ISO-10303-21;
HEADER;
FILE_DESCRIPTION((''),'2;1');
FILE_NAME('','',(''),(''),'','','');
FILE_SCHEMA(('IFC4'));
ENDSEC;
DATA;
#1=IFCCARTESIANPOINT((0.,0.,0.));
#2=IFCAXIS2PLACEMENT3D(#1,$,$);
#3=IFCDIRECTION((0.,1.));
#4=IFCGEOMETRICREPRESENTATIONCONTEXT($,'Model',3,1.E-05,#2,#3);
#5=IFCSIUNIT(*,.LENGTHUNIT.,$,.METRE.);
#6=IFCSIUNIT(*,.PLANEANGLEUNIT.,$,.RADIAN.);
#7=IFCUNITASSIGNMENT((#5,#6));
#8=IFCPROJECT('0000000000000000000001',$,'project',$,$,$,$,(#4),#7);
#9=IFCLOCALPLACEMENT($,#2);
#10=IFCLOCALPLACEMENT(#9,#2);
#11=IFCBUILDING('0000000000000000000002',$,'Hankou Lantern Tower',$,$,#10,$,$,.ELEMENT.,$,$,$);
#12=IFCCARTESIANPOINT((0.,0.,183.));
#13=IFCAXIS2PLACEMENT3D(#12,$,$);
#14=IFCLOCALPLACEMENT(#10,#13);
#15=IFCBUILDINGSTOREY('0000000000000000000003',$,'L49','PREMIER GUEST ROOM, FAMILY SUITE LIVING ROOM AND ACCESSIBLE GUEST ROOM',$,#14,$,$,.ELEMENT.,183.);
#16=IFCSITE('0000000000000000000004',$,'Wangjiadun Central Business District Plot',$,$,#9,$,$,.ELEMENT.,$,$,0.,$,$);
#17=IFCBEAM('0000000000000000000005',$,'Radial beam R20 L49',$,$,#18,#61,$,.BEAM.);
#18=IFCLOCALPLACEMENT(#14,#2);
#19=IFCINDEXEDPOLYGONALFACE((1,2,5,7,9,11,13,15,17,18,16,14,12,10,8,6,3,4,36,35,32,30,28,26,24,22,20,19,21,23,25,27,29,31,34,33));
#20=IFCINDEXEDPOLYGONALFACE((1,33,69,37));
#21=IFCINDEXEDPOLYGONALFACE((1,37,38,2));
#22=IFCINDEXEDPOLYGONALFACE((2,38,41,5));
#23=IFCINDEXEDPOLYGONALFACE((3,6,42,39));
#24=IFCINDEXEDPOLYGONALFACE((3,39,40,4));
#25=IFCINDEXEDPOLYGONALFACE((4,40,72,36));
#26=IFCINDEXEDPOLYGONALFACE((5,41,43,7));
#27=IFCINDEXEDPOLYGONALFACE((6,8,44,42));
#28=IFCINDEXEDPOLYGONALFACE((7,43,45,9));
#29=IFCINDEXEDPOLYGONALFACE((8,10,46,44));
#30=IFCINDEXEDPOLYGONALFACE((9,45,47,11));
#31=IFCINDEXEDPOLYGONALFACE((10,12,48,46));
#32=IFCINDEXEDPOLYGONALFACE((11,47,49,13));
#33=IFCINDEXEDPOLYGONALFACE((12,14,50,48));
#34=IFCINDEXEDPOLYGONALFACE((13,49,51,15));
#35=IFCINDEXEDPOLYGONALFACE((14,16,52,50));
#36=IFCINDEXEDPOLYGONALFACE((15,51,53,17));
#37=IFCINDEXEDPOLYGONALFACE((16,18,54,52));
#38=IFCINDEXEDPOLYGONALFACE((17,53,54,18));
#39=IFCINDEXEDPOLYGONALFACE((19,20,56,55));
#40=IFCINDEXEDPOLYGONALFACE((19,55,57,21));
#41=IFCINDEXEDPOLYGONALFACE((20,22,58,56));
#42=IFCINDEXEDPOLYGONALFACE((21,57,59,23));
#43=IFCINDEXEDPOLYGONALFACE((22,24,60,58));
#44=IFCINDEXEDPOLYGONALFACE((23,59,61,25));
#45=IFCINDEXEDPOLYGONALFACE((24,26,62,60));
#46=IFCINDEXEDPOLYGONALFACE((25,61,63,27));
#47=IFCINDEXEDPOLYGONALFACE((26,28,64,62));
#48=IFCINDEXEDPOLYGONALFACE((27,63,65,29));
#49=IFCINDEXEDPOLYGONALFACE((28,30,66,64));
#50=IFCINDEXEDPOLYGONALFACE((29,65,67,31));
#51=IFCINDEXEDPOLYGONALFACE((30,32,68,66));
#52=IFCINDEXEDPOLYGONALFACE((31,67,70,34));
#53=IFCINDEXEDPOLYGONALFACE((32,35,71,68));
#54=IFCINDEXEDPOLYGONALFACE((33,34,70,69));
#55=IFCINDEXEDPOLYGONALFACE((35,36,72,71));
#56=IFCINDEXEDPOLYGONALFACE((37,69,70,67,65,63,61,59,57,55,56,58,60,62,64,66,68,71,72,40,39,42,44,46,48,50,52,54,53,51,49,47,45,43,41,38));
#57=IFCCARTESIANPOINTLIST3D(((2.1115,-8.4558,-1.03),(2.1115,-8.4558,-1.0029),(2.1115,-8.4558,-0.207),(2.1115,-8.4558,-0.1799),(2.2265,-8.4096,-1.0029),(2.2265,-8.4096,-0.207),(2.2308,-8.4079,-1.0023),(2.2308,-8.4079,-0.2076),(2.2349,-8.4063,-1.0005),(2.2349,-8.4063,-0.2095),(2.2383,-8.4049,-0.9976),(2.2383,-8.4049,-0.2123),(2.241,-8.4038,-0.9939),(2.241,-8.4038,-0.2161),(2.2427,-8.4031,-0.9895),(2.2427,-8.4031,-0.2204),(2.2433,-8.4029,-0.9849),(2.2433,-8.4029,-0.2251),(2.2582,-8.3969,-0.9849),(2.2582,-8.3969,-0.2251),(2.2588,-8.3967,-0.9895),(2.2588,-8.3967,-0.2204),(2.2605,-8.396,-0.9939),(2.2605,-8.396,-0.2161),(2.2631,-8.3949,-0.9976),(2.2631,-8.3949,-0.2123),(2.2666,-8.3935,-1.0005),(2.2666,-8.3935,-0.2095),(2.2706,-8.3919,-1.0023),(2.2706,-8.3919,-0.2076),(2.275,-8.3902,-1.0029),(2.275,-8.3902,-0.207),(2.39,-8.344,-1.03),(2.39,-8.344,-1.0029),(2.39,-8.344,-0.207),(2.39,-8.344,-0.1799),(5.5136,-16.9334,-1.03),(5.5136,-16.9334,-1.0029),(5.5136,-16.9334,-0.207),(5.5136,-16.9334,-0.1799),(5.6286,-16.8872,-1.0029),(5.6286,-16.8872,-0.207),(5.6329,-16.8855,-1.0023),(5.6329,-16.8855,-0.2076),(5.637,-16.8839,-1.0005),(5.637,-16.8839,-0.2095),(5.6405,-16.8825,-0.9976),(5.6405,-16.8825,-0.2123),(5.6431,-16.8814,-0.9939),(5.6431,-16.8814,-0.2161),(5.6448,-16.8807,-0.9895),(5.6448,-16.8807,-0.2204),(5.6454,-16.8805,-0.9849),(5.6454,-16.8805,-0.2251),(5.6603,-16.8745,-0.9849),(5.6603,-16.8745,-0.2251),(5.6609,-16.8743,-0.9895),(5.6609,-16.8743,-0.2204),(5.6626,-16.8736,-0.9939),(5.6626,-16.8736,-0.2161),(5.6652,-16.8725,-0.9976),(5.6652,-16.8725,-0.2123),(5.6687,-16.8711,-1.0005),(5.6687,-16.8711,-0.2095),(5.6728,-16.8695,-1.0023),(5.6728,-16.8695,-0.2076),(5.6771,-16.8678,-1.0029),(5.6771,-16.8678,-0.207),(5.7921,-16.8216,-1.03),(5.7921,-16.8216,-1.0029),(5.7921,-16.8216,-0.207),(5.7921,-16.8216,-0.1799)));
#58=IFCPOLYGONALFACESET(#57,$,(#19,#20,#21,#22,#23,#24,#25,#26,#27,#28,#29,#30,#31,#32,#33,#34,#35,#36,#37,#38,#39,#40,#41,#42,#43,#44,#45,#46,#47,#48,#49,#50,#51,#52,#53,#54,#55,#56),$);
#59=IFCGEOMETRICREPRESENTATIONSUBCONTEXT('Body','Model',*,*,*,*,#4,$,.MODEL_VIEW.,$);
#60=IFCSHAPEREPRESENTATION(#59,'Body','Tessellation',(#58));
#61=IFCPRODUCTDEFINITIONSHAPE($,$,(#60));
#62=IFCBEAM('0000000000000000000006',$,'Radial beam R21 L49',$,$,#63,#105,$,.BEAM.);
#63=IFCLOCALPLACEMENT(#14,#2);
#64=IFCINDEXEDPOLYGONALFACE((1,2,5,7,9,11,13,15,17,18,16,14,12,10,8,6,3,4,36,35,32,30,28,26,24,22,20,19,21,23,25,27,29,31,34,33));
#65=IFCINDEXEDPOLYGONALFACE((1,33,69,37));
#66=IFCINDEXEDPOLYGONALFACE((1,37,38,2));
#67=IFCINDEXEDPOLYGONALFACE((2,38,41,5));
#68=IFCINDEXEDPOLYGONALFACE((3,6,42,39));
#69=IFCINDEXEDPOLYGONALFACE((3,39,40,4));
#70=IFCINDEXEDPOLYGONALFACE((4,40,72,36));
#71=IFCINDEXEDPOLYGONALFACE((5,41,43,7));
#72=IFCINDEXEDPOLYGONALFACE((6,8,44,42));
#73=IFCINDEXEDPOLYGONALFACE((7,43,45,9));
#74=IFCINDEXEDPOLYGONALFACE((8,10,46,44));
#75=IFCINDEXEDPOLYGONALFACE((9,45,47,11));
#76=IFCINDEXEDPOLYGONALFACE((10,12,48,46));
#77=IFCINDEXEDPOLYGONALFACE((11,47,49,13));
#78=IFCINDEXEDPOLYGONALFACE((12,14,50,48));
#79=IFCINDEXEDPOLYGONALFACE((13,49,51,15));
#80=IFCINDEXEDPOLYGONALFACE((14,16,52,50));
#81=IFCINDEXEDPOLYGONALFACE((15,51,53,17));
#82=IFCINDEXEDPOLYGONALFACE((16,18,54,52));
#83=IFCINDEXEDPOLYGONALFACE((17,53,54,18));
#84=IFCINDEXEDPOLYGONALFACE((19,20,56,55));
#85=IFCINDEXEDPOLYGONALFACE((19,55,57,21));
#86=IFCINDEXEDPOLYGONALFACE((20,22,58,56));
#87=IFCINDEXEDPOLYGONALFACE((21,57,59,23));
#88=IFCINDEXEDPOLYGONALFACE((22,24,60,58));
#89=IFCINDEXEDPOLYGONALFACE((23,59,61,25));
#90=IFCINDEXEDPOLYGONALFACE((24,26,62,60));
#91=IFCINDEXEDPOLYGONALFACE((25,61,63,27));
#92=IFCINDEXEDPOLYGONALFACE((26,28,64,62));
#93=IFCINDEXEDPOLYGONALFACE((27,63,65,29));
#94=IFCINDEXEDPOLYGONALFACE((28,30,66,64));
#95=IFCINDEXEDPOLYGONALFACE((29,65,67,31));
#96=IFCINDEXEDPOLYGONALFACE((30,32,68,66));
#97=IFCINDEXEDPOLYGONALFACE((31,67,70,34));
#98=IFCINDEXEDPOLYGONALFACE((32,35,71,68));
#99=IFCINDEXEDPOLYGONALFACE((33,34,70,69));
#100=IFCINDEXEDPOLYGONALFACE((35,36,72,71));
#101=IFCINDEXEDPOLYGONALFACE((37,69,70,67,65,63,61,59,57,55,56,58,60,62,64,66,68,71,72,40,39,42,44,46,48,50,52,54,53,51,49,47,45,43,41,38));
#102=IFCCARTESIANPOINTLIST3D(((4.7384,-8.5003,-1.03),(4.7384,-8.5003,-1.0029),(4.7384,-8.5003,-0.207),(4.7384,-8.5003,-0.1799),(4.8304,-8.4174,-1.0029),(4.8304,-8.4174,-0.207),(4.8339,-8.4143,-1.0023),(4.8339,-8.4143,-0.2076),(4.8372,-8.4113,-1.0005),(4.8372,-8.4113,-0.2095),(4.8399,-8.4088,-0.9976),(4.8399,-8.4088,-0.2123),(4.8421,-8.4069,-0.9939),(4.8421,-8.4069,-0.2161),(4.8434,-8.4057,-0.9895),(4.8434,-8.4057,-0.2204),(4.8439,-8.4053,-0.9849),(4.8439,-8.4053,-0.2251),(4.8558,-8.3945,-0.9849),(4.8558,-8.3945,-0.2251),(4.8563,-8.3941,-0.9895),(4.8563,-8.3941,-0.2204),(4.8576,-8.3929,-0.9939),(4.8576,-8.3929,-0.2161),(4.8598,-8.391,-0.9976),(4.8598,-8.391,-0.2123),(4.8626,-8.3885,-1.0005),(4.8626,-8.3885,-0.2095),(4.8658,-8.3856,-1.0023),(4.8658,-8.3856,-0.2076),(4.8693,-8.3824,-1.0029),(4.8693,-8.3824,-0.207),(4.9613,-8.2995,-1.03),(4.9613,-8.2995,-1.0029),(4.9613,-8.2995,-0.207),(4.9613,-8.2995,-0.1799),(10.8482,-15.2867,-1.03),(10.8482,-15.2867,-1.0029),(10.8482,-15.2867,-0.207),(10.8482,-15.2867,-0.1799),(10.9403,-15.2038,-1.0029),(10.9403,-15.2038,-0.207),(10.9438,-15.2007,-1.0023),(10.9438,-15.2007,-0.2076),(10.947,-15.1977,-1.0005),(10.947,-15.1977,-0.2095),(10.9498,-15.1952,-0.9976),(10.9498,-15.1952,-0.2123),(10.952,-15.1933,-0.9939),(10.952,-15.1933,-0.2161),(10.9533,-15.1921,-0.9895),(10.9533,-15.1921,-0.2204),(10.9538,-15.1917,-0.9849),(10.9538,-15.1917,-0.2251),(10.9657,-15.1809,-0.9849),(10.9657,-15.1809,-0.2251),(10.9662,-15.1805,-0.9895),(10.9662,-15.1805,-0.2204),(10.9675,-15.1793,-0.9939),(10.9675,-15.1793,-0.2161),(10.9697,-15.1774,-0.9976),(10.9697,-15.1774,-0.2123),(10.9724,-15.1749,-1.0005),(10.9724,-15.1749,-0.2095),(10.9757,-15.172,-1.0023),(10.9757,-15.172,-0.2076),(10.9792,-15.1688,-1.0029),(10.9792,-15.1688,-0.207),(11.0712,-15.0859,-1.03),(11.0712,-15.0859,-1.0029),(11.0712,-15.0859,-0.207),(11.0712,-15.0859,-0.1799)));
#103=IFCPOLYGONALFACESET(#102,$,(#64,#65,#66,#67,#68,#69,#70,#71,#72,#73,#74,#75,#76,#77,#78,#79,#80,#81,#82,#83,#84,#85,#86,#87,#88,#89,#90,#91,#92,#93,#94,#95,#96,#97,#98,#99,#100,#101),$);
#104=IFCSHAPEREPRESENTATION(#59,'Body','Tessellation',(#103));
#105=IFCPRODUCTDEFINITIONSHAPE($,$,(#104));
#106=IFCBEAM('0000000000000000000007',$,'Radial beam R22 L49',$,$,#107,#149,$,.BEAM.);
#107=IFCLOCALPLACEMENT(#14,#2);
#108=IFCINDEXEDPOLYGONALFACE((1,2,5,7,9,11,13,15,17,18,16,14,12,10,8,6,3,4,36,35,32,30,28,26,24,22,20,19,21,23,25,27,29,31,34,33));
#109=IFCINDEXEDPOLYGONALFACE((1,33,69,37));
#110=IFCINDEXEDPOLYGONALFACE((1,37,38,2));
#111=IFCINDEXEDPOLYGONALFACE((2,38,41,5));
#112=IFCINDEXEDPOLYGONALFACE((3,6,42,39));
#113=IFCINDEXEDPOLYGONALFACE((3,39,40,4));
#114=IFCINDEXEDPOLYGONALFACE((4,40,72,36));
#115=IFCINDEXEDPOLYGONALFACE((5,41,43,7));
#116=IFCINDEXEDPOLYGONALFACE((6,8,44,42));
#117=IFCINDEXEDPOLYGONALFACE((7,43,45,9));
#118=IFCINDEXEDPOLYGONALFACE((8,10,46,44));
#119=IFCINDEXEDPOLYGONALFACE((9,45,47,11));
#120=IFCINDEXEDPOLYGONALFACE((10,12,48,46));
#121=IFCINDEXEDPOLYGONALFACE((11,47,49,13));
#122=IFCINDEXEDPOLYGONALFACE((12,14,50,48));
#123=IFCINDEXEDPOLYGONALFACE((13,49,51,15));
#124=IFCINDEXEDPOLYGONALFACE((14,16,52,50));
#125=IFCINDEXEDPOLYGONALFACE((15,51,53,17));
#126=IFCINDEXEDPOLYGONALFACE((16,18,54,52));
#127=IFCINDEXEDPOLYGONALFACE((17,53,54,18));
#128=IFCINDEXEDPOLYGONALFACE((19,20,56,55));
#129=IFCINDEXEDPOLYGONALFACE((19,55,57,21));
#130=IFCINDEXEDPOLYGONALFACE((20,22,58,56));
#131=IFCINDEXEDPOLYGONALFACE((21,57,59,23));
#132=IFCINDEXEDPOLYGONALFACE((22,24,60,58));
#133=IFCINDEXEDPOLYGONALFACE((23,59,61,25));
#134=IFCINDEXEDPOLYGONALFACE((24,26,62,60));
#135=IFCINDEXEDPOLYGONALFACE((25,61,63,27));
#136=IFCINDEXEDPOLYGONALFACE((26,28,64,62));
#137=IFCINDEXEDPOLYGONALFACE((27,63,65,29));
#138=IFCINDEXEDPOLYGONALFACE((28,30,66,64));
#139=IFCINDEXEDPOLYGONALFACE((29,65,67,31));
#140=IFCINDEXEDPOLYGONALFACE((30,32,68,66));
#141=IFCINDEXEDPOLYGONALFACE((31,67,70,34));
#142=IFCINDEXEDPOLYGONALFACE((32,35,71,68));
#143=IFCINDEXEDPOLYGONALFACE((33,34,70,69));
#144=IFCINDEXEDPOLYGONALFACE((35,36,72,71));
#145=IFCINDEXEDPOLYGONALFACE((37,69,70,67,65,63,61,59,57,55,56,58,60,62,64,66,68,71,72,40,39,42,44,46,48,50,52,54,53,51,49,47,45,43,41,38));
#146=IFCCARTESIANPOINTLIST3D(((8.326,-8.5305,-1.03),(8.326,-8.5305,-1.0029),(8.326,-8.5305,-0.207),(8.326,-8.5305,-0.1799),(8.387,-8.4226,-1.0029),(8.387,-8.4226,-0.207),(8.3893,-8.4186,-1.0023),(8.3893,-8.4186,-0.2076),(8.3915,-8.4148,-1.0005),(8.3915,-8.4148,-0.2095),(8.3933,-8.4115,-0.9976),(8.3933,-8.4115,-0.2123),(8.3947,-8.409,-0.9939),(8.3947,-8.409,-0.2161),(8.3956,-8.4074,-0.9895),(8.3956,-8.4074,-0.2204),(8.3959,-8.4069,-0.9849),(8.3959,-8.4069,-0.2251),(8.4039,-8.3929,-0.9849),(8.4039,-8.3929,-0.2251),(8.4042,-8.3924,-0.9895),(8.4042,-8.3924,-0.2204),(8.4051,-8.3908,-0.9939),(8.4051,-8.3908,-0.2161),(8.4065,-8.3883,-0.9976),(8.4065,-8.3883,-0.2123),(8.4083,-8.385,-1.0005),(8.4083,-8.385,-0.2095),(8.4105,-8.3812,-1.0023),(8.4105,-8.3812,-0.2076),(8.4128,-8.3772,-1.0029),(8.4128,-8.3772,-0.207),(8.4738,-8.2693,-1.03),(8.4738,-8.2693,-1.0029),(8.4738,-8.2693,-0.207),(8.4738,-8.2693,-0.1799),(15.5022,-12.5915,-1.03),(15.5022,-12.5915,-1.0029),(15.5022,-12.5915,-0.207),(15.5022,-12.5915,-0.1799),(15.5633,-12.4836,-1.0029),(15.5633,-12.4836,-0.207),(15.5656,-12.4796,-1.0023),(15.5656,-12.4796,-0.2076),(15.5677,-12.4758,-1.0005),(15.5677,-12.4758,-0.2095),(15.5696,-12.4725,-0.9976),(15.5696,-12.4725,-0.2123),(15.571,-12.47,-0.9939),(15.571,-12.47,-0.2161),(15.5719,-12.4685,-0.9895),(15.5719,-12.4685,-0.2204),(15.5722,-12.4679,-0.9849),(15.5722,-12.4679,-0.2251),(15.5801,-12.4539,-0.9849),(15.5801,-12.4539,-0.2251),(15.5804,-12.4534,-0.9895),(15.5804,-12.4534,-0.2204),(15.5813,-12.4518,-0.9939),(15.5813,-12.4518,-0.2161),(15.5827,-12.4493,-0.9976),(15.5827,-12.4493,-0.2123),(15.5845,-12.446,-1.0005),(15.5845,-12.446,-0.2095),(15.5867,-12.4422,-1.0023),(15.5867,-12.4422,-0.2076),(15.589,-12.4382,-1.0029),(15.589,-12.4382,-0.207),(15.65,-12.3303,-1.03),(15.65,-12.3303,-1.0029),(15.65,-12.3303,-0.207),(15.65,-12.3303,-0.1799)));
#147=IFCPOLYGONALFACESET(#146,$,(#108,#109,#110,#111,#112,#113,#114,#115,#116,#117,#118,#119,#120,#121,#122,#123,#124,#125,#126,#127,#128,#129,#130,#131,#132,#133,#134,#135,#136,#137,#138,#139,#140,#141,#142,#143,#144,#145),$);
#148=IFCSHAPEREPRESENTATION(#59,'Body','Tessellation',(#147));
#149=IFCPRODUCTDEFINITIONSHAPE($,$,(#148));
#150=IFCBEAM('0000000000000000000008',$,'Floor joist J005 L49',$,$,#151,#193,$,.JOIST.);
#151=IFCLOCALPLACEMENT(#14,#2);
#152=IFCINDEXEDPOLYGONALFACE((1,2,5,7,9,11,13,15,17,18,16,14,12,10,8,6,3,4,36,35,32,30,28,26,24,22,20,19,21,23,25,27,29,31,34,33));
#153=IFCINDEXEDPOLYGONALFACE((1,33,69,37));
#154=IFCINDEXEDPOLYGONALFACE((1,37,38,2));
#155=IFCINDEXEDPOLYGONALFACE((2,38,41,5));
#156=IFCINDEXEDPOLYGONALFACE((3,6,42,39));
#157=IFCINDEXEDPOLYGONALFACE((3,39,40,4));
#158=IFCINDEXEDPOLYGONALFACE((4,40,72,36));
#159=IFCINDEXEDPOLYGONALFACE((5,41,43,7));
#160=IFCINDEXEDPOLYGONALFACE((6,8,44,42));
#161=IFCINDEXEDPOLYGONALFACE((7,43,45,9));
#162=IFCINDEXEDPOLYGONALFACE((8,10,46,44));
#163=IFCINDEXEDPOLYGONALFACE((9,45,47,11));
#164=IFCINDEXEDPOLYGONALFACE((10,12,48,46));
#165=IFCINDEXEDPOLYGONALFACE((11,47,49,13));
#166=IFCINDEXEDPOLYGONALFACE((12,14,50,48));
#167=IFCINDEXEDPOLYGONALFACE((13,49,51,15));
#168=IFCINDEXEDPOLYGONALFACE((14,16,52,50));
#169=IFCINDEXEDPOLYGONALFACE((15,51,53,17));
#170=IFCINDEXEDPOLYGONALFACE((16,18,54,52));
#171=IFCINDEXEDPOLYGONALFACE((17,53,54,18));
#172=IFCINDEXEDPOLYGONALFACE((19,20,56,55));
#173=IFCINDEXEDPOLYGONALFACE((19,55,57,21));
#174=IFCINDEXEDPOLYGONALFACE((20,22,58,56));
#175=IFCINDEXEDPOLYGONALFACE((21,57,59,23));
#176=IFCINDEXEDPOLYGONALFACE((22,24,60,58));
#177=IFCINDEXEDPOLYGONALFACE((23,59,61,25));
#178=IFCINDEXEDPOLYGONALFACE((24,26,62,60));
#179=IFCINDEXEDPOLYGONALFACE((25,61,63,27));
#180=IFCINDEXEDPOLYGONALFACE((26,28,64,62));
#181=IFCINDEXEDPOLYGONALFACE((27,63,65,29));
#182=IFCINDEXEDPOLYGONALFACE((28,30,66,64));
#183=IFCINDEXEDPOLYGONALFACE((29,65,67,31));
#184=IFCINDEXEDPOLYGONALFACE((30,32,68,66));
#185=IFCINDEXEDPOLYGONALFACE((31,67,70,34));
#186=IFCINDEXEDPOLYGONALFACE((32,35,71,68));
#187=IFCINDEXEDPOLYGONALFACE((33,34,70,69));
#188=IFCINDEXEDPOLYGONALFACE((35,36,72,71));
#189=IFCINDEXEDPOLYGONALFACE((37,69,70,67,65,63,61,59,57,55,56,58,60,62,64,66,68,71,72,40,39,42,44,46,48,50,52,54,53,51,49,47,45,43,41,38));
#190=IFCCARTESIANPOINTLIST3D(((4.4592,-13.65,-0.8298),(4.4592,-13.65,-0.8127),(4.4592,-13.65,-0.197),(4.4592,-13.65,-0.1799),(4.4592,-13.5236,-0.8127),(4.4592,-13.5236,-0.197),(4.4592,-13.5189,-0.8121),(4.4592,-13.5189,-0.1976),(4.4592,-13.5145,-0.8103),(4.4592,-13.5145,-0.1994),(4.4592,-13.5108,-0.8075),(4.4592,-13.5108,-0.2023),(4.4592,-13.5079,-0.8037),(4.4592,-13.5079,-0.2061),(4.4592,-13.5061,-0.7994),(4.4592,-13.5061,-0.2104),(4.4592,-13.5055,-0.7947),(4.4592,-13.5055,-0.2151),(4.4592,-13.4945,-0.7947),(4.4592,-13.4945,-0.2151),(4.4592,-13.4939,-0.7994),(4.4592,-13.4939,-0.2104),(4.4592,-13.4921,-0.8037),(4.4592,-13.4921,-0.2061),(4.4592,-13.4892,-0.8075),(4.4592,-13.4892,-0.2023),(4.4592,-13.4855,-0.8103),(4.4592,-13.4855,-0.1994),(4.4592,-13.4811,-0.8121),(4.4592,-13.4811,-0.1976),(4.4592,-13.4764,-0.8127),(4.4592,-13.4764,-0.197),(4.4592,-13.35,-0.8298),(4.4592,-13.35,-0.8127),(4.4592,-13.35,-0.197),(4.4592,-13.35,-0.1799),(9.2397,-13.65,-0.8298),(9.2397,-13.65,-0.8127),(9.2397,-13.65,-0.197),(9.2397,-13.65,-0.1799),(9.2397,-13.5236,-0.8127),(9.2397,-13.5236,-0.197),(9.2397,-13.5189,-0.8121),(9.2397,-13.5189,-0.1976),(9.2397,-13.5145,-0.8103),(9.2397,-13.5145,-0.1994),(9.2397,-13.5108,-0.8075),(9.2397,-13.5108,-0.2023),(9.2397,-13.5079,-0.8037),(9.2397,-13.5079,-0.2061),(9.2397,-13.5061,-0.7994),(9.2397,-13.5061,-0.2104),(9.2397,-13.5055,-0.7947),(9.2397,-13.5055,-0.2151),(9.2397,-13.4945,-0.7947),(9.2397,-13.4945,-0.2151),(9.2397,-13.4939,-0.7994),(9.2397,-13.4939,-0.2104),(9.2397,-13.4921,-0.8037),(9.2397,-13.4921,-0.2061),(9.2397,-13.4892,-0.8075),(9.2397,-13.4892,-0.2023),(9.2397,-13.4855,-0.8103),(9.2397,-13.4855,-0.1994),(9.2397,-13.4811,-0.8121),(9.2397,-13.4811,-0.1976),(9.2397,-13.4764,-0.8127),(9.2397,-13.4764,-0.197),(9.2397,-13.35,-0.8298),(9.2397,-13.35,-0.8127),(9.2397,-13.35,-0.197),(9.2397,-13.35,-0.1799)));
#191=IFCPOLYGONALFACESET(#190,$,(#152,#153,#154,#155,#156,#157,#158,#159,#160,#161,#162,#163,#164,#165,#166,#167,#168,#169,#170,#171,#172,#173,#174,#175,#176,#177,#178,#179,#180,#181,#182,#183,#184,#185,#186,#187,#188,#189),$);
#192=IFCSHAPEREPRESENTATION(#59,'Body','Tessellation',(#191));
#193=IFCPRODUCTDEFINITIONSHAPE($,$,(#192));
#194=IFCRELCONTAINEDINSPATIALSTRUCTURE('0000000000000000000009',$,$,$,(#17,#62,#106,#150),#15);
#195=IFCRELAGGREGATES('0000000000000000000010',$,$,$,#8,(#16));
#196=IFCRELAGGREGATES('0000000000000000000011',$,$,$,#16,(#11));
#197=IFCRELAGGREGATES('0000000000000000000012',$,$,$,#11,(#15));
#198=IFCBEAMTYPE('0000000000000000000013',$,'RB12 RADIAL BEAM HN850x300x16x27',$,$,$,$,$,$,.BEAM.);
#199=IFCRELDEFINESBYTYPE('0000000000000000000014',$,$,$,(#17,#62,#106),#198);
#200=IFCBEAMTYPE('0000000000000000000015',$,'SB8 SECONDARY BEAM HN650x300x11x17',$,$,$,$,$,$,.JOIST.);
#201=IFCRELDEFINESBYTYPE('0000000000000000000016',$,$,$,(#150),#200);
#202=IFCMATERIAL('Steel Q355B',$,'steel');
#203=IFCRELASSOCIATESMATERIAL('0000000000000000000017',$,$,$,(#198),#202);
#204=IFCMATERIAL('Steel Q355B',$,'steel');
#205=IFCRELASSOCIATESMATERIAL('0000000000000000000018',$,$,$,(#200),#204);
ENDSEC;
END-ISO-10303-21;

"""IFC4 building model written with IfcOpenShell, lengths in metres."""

from ifc_helpers import new_model, si_unit, direction, frame, origin, origin_2d, place, context, subcontext, project, spatial, i_section, extrude, material, material_profile, profile_set, type_object, element, save


model = new_model("IFC4")

# Units and contexts
model_context = context("Model", 3, precision=1e-05, world=origin(), true_north=direction((0.0, 1.0)))
body_context = subcontext(model_context, "Body", "Model", "MODEL_VIEW")
ifc_project = project(units=[si_unit("LENGTHUNIT", "METRE"), si_unit("PLANEANGLEUNIT", "RADIAN")], contexts=[model_context])

# Site, building, storey
site_placement = place(None, origin())
site = spatial("IfcSite", under=ifc_project, at=site_placement, Name="Wangjiadun Central Business District Plot", CompositionType="ELEMENT", RefElevation=0.0)
building_placement = place(site_placement, origin())
building = spatial("IfcBuilding", under=site, at=building_placement, Name="Hankou Lantern Tower", CompositionType="ELEMENT")
storey_placement = place(building_placement, frame((0.0, 0.0, 183.0)))
storey = spatial("IfcBuildingStorey", under=building, at=storey_placement, Name="L49", Description="PREMIER GUEST ROOM, FAMILY SUITE LIVING ROOM AND ACCESSIBLE GUEST ROOM", CompositionType="ELEMENT", Elevation=183.0)

# Beams
ifc_material_1 = material(Name="Steel Q355B", Category="steel")
ifc_material_profile_1 = material_profile(ifc_material_1, i_section(OverallWidth=0.3, OverallDepth=0.8501, WebThickness=0.0161, FlangeThickness=0.0271, FilletRadius=0.0181, at=origin_2d()), Name="HN850x300x16x27")
ifc_profile_set_1 = profile_set([ifc_material_profile_1], Name="Steel Q355B")
beam_type_1 = type_object("IfcBeamType", Name="RB12 RADIAL BEAM HN850x300x16x27", PredefinedType="BEAM", material=ifc_profile_set_1)
beam_1_placement = place(storey_placement, frame((2.2507, -8.3999, -0.605), z_axis=(0.372436, -0.928058, 0.0), x_axis=(0.928058, 0.372436, 0.0)))
element("IfcBeam", 1, at=beam_1_placement, inside=storey, type_object=beam_type_1, Name="Radial beam R20 L49", PredefinedType="BEAM", context=body_context, shape_type="SweptSolid", body=[
    extrude(i_section(OverallWidth=0.3, OverallDepth=0.8501, WebThickness=0.0161, FlangeThickness=0.0271, FilletRadius=0.0181, at=origin_2d()), origin(), (0.0, 0.0, 1.0), 9.1348),
])
beam_2_placement = place(storey_placement, frame((4.8499, -8.3999, -0.605), z_axis=(0.669093, -0.743178, 0.0), x_axis=(0.743178, 0.669093, 0.0)))
element("IfcBeam", 2, at=beam_2_placement, inside=storey, type_object=beam_type_1, Name="Radial beam R21 L49", PredefinedType="BEAM", context=body_context, shape_type="SweptSolid", body=[
    extrude(i_section(OverallWidth=0.3, OverallDepth=0.8501, WebThickness=0.0161, FlangeThickness=0.0271, FilletRadius=0.0181, at=origin_2d()), origin(), (0.0, 0.0, 1.0), 9.1316),
])
beam_3_placement = place(storey_placement, frame((8.3999, -8.3999, -0.605), z_axis=(0.870309, -0.492506, 0.0), x_axis=(0.492506, 0.870309, 0.0)))
element("IfcBeam", 3, at=beam_3_placement, inside=storey, type_object=beam_type_1, Name="Radial beam R22 L49", PredefinedType="BEAM", context=body_context, shape_type="SweptSolid", body=[
    extrude(i_section(OverallWidth=0.3, OverallDepth=0.8501, WebThickness=0.0161, FlangeThickness=0.0271, FilletRadius=0.0181, at=origin_2d()), origin(), (0.0, 0.0, 1.0), 8.2456),
])
ifc_material_2 = material(Name="Steel Q355B", Category="steel")
ifc_material_profile_2 = material_profile(ifc_material_2, i_section(OverallWidth=0.3, OverallDepth=0.6499, WebThickness=0.011, FlangeThickness=0.0171, FilletRadius=0.0181, at=origin_2d()), Name="HN650x300x11x17")
ifc_profile_set_2 = profile_set([ifc_material_profile_2], Name="Steel Q355B")
beam_type_2 = type_object("IfcBeamType", Name="SB8 SECONDARY BEAM HN650x300x11x17", PredefinedType="JOIST", material=ifc_profile_set_2)
beam_4_placement = place(storey_placement, frame((4.4592, -13.5, -0.5049), z_axis=(1.0, 0.0, 0.0), x_axis=(0.0, 1.0, 0.0)))
element("IfcBeam", 4, at=beam_4_placement, inside=storey, type_object=beam_type_2, Name="Floor joist J005 L49", PredefinedType="JOIST", context=body_context, shape_type="SweptSolid", body=[
    extrude(i_section(OverallWidth=0.3, OverallDepth=0.6499, WebThickness=0.011, FlangeThickness=0.0171, FilletRadius=0.0181, at=origin_2d()), origin(), (0.0, 0.0, 1.0), 4.7805),
])

save(model, "model.ifc")
